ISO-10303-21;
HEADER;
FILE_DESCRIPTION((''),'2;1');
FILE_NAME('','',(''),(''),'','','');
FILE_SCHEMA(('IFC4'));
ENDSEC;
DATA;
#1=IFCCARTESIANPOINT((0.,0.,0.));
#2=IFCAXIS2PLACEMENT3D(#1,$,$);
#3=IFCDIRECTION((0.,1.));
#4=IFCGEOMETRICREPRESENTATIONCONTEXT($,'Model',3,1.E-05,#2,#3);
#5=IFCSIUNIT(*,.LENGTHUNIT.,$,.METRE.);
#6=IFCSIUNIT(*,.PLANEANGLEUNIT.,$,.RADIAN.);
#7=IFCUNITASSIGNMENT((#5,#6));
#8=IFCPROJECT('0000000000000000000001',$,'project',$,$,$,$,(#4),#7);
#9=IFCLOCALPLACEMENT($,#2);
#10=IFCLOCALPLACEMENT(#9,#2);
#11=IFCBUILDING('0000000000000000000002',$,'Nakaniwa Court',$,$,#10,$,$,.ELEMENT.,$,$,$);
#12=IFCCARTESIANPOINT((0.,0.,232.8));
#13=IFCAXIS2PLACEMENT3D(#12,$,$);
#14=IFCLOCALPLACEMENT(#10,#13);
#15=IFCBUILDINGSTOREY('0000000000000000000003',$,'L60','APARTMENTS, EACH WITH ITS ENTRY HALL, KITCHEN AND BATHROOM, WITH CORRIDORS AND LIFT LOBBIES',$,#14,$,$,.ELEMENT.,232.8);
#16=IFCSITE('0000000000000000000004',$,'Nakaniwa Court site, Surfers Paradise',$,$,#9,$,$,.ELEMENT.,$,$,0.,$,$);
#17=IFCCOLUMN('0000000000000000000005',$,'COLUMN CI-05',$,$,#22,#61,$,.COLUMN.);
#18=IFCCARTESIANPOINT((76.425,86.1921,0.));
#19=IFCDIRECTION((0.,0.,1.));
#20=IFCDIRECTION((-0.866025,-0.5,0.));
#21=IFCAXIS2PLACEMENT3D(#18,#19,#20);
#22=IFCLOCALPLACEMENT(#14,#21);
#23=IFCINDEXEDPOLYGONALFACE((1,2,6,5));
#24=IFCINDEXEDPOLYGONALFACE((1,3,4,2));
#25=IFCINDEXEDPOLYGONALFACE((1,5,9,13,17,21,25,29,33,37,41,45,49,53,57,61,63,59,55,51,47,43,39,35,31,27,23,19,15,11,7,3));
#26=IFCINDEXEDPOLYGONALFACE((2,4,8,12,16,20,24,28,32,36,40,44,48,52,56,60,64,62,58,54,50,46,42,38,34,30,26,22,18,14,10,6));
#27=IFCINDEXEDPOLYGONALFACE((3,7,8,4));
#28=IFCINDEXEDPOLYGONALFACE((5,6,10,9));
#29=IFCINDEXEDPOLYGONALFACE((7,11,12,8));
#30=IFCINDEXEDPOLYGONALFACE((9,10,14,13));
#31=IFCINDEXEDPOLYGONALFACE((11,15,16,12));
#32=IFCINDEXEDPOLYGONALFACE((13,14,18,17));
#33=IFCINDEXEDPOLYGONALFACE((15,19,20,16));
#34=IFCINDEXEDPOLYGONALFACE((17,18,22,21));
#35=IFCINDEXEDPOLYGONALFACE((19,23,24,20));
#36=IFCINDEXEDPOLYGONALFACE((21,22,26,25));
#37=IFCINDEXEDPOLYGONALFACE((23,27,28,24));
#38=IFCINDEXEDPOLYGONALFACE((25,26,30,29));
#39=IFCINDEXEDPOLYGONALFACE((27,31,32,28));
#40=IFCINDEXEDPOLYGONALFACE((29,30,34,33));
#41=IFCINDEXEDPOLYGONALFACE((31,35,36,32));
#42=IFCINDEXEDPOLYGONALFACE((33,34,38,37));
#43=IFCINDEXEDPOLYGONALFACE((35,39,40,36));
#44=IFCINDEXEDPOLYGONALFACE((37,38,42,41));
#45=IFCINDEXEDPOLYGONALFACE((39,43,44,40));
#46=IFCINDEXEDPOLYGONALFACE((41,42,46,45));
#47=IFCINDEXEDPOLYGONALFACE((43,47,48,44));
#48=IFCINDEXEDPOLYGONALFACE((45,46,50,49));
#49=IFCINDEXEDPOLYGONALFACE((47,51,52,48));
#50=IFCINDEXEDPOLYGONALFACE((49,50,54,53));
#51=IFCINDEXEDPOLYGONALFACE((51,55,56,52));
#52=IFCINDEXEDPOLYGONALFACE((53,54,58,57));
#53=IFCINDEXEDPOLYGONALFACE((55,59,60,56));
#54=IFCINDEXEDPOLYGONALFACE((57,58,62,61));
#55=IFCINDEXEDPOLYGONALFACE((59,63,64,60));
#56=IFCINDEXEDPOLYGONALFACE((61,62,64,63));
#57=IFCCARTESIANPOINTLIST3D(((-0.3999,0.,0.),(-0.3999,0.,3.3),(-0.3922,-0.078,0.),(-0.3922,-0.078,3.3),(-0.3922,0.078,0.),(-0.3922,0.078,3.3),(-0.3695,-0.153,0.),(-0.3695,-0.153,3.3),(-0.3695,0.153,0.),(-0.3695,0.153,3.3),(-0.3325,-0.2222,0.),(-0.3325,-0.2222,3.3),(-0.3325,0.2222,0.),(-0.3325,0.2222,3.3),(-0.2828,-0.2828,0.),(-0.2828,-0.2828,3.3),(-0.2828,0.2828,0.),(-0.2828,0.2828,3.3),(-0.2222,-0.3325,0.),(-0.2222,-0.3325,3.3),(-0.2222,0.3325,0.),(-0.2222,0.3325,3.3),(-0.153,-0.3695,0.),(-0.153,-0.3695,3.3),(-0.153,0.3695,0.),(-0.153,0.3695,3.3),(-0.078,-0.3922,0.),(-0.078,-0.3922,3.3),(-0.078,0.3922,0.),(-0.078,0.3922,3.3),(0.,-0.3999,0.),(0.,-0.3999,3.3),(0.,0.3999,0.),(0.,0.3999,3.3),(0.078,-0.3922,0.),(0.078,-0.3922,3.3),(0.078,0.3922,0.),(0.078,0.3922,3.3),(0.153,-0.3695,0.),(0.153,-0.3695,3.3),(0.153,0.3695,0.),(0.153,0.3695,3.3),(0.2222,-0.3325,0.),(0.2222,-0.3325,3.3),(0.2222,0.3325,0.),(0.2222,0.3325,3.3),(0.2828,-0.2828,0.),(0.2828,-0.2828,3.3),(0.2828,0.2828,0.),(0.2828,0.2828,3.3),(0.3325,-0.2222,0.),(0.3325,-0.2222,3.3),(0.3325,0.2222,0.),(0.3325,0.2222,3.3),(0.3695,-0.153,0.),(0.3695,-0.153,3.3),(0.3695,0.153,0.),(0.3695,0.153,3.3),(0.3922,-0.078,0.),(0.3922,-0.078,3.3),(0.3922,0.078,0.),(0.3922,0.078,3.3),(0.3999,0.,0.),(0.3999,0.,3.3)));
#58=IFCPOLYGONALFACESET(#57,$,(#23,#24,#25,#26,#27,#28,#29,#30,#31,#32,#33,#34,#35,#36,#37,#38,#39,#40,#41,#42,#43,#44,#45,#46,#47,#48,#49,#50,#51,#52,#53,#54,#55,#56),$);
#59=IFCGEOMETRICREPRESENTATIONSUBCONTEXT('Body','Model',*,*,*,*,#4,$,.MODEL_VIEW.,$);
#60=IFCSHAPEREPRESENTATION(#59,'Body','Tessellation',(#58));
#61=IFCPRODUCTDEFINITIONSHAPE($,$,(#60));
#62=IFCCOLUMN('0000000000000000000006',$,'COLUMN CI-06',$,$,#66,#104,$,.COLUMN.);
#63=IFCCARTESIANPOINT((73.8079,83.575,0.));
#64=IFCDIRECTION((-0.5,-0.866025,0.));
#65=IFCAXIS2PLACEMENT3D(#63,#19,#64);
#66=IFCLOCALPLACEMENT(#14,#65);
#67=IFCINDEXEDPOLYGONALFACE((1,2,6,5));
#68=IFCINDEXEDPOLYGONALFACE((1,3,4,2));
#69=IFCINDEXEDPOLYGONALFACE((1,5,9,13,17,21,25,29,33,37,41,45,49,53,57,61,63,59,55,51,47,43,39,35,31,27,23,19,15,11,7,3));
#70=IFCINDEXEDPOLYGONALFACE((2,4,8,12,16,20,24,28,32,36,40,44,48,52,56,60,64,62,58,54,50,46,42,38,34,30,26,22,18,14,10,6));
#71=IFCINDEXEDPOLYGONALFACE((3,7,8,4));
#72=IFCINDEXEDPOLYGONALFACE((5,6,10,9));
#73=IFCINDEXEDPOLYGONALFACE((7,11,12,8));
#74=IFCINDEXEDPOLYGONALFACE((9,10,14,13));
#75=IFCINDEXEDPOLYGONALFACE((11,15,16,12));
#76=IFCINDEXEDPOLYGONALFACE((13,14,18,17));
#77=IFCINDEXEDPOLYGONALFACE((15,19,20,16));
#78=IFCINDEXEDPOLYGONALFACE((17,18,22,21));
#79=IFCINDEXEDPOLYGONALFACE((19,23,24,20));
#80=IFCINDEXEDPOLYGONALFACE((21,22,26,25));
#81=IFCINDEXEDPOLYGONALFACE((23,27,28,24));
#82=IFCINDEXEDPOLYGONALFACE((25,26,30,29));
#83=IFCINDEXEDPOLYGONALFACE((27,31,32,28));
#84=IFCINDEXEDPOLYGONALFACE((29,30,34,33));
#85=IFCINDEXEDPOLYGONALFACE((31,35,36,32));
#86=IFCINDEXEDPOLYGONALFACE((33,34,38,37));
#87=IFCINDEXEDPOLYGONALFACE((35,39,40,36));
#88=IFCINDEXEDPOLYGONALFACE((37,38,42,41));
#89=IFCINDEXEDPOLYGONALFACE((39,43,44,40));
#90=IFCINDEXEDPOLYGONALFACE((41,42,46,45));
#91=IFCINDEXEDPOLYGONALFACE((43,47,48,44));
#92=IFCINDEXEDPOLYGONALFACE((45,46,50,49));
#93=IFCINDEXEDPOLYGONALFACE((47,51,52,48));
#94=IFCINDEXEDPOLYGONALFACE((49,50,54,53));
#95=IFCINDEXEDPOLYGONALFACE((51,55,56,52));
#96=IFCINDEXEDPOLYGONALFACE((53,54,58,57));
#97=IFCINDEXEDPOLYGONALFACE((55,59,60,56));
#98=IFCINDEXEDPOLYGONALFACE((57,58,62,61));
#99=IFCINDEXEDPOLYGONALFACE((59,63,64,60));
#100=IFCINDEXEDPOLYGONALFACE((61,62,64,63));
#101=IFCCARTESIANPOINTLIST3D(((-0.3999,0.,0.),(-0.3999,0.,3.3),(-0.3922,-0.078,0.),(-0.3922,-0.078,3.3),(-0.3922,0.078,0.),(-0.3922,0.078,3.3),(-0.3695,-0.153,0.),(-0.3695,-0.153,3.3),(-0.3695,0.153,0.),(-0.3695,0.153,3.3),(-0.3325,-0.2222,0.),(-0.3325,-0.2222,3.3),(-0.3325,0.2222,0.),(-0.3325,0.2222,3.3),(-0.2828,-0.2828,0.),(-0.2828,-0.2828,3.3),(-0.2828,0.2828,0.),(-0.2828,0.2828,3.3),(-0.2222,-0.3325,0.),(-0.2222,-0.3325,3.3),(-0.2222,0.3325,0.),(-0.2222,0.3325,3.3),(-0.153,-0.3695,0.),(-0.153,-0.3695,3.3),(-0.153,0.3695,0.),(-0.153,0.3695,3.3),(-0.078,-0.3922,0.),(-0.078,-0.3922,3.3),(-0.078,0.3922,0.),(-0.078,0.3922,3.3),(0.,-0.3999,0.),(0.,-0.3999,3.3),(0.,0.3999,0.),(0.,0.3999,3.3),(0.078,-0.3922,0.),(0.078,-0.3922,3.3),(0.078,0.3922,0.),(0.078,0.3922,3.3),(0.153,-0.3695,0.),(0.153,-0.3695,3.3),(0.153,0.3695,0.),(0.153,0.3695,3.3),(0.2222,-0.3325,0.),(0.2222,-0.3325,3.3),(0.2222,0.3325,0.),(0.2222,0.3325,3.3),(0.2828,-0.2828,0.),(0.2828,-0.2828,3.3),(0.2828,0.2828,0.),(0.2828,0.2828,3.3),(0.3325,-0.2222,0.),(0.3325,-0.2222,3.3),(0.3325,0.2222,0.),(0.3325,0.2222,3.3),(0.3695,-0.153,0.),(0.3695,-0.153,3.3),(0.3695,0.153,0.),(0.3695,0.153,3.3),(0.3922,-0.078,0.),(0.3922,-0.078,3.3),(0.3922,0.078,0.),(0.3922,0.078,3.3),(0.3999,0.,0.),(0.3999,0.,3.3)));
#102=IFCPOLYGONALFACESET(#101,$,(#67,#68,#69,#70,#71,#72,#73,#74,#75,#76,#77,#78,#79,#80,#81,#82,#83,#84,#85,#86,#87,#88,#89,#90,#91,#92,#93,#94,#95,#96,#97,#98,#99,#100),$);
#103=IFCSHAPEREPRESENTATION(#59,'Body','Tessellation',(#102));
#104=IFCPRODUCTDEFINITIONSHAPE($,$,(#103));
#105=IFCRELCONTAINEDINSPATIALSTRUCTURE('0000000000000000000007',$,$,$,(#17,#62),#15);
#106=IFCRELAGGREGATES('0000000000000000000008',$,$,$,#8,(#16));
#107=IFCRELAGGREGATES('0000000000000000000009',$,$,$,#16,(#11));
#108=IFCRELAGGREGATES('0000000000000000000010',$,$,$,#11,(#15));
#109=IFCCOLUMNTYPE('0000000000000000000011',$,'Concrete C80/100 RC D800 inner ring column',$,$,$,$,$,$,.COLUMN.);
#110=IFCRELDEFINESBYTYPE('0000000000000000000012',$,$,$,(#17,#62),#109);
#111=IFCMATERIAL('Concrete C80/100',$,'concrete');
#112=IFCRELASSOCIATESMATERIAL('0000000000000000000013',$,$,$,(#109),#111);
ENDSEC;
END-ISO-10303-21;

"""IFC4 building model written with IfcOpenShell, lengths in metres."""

from ifc_helpers import new_model, si_unit, direction, frame, origin, origin_2d, place, context, subcontext, project, spatial, circle, extrude, material, material_profile, profile_set, type_object, element, save


model = new_model("IFC4")

# Units and contexts
model_context = context("Model", 3, precision=1e-05, world=origin(), true_north=direction((0.0, 1.0)))
body_context = subcontext(model_context, "Body", "Model", "MODEL_VIEW")
ifc_project = project(units=[si_unit("LENGTHUNIT", "METRE"), si_unit("PLANEANGLEUNIT", "RADIAN")], contexts=[model_context])

# Site, building, storey
site_placement = place(None, origin())
site = spatial("IfcSite", under=ifc_project, at=site_placement, Name="Nakaniwa Court site, Surfers Paradise", CompositionType="ELEMENT", RefElevation=0.0)
building_placement = place(site_placement, origin())
building = spatial("IfcBuilding", under=site, at=building_placement, Name="Nakaniwa Court", CompositionType="ELEMENT")
storey_placement = place(building_placement, frame((0.0, 0.0, 232.8)))
storey = spatial("IfcBuildingStorey", under=building, at=storey_placement, Name="L60", Description="APARTMENTS, EACH WITH ITS ENTRY HALL, KITCHEN AND BATHROOM, WITH CORRIDORS AND LIFT LOBBIES", CompositionType="ELEMENT", Elevation=232.8)

# Columns
ifc_material_1 = material(Name="Concrete C80/100", Category="concrete")
ifc_material_profile_1 = material_profile(ifc_material_1, circle(Radius=0.3999, at=origin_2d()), Name="Concrete C80/100 RC D800 inner ring column")
ifc_profile_set_1 = profile_set([ifc_material_profile_1], Name="Concrete C80/100")
column_type_1 = type_object("IfcColumnType", Name="Concrete C80/100 RC D800 inner ring column", PredefinedType="COLUMN", material=ifc_profile_set_1)
for number, where, z_axis, x_axis, name in (
    (1, (76.425, 86.1921, 0.0), (0.0, 0.0, 1.0), (-0.866025, -0.5, 0.0), "COLUMN CI-05"),
    (2, (73.8079, 83.575, 0.0), (0.0, 0.0, 1.0), (-0.5, -0.866025, 0.0), "COLUMN CI-06"),
):
    element("IfcColumn", number, at=place(storey_placement, frame(where, z_axis=z_axis, x_axis=x_axis)), inside=storey, type_object=column_type_1, Name=name, PredefinedType="COLUMN", context=body_context, shape_type="SweptSolid", body=[
        extrude(circle(Radius=0.3999, at=origin_2d()), origin(), (0.0, 0.0, 1.0), 3.3),
    ])

save(model, "model.ifc")
